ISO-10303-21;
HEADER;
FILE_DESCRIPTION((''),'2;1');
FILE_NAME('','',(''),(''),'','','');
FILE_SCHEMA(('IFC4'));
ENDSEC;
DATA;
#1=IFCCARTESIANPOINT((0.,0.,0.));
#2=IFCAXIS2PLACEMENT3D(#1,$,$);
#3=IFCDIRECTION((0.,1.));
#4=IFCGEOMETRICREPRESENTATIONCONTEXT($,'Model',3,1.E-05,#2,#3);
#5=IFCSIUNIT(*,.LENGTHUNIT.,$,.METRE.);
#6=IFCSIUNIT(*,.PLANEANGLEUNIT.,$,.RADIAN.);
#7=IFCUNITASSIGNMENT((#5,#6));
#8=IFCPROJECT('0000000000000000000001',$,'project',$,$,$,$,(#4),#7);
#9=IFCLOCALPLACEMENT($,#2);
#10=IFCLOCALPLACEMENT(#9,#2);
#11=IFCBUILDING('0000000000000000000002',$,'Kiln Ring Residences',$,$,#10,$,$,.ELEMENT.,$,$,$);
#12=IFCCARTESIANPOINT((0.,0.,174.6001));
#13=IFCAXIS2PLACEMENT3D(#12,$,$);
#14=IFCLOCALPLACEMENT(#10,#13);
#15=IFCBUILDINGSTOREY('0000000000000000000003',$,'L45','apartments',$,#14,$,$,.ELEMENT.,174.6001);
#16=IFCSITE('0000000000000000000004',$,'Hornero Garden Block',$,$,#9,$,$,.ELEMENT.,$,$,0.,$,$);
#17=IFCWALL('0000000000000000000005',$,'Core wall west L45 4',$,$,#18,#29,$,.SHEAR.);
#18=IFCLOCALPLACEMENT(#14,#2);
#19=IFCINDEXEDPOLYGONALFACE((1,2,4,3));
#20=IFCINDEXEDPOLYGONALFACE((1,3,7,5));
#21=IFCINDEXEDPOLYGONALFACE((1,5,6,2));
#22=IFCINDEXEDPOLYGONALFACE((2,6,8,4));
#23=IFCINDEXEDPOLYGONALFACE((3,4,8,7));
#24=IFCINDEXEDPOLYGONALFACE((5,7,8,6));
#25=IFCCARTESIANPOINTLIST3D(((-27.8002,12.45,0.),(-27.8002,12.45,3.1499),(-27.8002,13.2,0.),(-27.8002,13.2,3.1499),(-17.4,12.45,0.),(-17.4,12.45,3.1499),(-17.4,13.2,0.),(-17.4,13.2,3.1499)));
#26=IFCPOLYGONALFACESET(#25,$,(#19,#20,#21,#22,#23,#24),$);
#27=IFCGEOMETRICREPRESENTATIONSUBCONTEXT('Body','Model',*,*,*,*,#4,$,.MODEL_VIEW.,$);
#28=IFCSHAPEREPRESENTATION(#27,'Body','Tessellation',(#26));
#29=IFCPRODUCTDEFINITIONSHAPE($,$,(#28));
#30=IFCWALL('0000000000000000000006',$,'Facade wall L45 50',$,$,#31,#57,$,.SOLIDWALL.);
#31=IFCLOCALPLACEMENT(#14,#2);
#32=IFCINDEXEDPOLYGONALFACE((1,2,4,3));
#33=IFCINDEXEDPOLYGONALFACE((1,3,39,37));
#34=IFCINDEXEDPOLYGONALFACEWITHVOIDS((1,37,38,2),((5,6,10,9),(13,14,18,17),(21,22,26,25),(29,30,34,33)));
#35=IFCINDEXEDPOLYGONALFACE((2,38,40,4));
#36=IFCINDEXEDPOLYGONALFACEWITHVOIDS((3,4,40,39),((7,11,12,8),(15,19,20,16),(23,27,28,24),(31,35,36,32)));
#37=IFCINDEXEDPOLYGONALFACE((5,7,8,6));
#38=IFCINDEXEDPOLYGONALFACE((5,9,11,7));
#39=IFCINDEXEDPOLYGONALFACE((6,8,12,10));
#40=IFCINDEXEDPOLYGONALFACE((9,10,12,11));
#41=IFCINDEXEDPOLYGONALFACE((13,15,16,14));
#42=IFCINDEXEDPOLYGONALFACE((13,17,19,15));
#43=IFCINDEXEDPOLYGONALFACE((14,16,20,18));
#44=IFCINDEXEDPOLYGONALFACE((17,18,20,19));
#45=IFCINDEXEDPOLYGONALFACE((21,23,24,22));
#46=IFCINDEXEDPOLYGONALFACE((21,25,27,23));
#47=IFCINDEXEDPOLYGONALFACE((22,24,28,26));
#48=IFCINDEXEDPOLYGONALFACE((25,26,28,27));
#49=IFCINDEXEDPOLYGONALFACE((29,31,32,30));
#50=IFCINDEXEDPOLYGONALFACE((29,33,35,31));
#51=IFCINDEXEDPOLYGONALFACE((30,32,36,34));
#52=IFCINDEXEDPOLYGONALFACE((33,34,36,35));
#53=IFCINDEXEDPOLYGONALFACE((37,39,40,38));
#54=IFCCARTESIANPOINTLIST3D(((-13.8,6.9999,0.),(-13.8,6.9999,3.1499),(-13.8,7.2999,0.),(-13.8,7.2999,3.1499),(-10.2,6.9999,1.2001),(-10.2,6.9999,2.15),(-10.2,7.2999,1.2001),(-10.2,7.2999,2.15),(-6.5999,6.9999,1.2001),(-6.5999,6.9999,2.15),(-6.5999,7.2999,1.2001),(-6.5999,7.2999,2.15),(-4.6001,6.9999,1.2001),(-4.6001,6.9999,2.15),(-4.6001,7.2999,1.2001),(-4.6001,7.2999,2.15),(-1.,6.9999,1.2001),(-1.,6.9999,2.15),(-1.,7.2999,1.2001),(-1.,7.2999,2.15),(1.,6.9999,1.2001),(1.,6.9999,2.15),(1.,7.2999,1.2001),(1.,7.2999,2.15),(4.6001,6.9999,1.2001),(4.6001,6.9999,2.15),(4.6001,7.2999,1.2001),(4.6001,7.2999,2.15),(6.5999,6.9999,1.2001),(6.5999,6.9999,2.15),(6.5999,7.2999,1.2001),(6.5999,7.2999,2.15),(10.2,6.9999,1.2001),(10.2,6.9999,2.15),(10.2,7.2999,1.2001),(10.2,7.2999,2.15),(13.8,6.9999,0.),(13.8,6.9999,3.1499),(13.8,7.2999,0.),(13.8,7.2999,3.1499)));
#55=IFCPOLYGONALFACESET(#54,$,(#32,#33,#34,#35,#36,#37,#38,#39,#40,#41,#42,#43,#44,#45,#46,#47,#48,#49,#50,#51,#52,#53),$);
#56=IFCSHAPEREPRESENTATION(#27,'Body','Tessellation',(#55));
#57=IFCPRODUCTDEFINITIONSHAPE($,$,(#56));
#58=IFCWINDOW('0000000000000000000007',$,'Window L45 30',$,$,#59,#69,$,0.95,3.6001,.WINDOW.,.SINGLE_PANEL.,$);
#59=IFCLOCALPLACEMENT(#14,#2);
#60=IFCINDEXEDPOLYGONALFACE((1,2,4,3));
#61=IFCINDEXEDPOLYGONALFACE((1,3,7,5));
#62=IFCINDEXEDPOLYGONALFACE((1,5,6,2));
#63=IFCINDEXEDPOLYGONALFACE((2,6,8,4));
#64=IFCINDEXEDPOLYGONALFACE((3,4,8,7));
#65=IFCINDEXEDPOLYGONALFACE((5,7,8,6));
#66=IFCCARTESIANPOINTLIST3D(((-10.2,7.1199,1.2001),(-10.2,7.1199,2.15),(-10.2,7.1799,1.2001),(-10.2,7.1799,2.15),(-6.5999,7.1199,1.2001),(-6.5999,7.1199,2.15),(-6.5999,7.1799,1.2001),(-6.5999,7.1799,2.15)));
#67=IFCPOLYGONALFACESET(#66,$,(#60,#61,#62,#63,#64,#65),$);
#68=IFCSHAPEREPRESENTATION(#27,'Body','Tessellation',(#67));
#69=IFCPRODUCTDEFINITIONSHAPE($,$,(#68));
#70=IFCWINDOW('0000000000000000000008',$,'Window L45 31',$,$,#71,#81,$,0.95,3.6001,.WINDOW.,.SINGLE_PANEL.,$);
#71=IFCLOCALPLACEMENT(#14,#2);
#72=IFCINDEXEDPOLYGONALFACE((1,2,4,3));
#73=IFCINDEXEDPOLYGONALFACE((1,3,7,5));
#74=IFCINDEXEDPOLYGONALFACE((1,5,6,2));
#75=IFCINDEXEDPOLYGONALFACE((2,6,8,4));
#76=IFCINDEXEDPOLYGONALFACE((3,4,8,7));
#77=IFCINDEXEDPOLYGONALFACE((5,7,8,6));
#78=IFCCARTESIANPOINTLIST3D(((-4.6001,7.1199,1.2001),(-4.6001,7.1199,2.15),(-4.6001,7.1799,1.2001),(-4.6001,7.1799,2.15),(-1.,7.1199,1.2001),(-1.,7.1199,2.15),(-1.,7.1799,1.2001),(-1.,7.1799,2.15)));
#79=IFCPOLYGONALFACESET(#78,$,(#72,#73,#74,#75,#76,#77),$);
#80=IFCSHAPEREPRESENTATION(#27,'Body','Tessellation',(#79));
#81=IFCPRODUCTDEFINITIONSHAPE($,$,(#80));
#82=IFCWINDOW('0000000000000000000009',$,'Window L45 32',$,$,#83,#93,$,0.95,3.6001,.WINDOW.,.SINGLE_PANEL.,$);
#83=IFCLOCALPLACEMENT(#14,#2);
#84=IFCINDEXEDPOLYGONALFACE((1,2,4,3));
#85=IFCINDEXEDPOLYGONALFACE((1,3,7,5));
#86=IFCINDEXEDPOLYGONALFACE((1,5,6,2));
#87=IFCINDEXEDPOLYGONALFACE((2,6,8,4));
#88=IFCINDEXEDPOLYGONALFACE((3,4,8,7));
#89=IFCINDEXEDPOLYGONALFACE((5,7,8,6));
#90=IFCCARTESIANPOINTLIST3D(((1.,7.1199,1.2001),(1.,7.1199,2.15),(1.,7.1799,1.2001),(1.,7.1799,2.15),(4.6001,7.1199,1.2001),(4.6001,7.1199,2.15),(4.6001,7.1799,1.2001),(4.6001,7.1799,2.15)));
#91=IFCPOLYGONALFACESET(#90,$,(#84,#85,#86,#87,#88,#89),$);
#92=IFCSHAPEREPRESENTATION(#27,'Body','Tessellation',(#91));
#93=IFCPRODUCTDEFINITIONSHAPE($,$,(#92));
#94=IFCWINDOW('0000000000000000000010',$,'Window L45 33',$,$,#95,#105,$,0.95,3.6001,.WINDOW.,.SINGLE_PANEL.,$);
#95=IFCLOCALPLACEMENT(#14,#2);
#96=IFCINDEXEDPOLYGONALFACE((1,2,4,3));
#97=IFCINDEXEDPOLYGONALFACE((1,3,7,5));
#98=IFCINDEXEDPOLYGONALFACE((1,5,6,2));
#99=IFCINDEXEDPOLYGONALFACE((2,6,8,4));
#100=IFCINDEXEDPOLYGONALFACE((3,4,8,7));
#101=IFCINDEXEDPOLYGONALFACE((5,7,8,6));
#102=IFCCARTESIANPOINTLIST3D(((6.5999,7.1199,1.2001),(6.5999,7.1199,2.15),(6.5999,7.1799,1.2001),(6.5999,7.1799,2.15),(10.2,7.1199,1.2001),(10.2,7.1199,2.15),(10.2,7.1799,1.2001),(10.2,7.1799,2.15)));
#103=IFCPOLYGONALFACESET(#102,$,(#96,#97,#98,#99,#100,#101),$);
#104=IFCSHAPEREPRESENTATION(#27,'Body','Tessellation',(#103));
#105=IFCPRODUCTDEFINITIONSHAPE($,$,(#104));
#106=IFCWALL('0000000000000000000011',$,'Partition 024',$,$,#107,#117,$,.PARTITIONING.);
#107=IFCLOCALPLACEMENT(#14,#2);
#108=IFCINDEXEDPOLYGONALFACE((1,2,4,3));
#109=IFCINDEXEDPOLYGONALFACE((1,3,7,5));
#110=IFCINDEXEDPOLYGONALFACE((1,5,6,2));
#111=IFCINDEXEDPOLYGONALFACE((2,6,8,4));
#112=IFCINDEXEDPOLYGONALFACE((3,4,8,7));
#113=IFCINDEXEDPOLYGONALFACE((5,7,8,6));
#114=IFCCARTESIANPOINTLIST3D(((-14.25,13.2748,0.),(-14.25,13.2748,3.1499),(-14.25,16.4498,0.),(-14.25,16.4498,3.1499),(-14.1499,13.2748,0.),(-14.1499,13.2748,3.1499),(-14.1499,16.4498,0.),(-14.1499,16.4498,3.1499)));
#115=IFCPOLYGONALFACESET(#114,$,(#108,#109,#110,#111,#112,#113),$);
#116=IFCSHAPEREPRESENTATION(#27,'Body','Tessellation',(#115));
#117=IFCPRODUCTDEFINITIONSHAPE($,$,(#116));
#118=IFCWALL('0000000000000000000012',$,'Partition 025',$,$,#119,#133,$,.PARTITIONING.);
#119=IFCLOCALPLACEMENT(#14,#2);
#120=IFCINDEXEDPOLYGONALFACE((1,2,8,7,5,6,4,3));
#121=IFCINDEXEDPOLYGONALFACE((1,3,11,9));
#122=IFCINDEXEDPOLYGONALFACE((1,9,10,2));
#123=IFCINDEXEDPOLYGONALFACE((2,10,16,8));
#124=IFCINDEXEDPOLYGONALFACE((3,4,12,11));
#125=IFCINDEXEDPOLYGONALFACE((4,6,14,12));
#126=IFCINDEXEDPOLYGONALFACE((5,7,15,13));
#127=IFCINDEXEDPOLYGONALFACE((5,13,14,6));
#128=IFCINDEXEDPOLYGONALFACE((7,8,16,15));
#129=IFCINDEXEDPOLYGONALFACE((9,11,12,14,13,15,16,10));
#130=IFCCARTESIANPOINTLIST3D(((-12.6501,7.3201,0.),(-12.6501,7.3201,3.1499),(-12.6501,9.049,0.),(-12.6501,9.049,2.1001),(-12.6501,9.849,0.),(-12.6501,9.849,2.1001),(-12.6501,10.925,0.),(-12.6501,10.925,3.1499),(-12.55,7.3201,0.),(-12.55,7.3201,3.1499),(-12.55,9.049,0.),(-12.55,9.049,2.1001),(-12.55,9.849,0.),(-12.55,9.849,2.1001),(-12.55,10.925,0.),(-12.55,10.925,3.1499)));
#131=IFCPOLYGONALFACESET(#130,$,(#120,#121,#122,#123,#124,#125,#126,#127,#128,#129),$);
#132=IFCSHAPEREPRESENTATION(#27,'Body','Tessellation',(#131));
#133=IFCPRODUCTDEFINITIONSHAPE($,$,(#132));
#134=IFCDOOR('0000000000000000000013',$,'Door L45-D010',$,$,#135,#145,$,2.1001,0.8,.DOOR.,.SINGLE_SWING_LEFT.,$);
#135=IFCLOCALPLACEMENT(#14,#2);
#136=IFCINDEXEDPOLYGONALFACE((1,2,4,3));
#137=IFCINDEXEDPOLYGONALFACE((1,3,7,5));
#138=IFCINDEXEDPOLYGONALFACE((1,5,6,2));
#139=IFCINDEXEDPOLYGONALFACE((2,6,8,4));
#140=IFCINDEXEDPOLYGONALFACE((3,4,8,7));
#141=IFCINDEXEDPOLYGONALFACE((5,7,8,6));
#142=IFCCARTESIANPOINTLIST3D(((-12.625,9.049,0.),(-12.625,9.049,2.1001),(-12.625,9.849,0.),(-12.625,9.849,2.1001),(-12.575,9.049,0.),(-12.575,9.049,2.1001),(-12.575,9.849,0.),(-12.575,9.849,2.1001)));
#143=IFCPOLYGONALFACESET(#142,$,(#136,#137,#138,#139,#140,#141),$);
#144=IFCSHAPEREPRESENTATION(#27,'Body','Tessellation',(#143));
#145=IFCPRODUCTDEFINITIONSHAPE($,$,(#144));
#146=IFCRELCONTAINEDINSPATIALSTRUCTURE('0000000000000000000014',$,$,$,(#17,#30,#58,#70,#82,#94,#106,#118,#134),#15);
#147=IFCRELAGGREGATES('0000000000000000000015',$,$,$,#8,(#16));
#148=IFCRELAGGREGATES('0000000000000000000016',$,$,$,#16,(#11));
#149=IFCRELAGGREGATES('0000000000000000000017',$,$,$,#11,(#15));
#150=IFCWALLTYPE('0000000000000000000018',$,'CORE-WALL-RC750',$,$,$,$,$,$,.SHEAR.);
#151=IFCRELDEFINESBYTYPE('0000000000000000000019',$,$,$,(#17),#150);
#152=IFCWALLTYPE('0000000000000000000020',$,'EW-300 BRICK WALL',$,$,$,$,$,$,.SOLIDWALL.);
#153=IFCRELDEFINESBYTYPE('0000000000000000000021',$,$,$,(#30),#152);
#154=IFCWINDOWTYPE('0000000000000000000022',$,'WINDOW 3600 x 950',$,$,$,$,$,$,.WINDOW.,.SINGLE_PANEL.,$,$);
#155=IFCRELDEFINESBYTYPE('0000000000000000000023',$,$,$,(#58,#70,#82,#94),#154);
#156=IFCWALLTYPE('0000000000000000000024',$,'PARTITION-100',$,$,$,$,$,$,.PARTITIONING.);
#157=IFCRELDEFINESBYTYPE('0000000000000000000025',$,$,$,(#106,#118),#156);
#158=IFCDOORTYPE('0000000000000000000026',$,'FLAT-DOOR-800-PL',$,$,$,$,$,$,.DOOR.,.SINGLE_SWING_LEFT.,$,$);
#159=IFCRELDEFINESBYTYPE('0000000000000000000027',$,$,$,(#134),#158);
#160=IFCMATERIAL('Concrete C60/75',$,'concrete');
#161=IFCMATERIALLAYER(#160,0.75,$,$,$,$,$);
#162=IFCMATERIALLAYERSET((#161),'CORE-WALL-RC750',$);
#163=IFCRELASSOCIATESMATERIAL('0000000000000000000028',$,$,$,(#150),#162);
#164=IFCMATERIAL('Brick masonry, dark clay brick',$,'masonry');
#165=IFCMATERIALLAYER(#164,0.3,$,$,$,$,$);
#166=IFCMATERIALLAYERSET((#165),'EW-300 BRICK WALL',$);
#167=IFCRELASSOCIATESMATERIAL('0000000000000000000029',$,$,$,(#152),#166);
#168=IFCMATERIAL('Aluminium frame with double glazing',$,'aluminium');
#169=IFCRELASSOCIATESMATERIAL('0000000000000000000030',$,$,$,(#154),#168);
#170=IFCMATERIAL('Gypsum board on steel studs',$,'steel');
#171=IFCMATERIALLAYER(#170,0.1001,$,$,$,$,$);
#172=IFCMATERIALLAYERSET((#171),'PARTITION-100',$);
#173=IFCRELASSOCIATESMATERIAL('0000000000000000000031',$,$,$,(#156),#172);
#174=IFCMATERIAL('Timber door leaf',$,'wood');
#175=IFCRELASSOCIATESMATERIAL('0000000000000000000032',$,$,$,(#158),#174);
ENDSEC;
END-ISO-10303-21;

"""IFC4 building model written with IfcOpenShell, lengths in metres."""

from ifc_helpers import new_model, si_unit, direction, frame, frame_2d, origin, place, context, subcontext, project, spatial, rectangle, extrude, material, layer, layer_set, type_object, element, fill, save


model = new_model("IFC4")

# Units and contexts
model_context = context("Model", 3, precision=1e-05, world=origin(), true_north=direction((0.0, 1.0)))
body_context = subcontext(model_context, "Body", "Model", "MODEL_VIEW")
ifc_project = project(units=[si_unit("LENGTHUNIT", "METRE"), si_unit("PLANEANGLEUNIT", "RADIAN")], contexts=[model_context])

# Site, building, storey
site_placement = place(None, origin())
site = spatial("IfcSite", under=ifc_project, at=site_placement, Name="Hornero Garden Block", CompositionType="ELEMENT", RefElevation=0.0)
building_placement = place(site_placement, origin())
building = spatial("IfcBuilding", under=site, at=building_placement, Name="Kiln Ring Residences", CompositionType="ELEMENT")
storey_placement = place(building_placement, frame((0.0, 0.0, 174.6001)))
storey = spatial("IfcBuildingStorey", under=building, at=storey_placement, Name="L45", Description="apartments", CompositionType="ELEMENT", Elevation=174.6001)

# Wall
ifc_material_1 = material(Name="Concrete C60/75", Category="concrete")
ifc_layer_1 = layer(ifc_material_1, 0.75)
ifc_layer_set_1 = layer_set([ifc_layer_1], Name="CORE-WALL-RC750")
wall_type_1 = type_object("IfcWallType", Name="CORE-WALL-RC750", PredefinedType="SHEAR", material=ifc_layer_set_1)
wall_1_placement = place(storey_placement, frame((-17.3999, 12.825, 0.0), z_axis=(0.0, 0.0, 1.0), x_axis=(-1.0, 0.0, 0.0)))
element("IfcWall", 1, at=wall_1_placement, inside=storey, type_object=wall_type_1, Name="Core wall west L45 4", PredefinedType="SHEAR", context=body_context, shape_type="SweptSolid", body=[
    extrude(rectangle(XDim=10.4001, YDim=0.75, at=frame_2d((5.2002, 0.0))), origin(), (0.0, 0.0, 1.0), 3.1499),
])

# Wall, openings, windows
ifc_material_2 = material(Name="Brick masonry, dark clay brick", Category="masonry")
ifc_layer_2 = layer(ifc_material_2, 0.3)
ifc_layer_set_2 = layer_set([ifc_layer_2], Name="EW-300 BRICK WALL")
wall_type_2 = type_object("IfcWallType", Name="EW-300 BRICK WALL", PredefinedType="SOLIDWALL", material=ifc_layer_set_2)
wall_2_placement = place(storey_placement, frame((-13.8, 7.1499, 0.0), z_axis=(0.0, 0.0, 1.0), x_axis=(1.0, 0.0, 0.0)))
wall_2 = element("IfcWall", 2, at=wall_2_placement, inside=storey, type_object=wall_type_2, Name="Facade wall L45 50", PredefinedType="SOLIDWALL", context=body_context, shape_type="SweptSolid", body=[
    extrude(rectangle(XDim=27.6001, YDim=0.3, at=frame_2d((13.8, 0.0))), origin(), (0.0, 0.0, 1.0), 3.1499),
])
opening_1_placement = place(wall_2_placement, frame((3.6001, 0.0, 1.2)))
opening_1 = element("IfcOpeningElement", 3, at=opening_1_placement, cuts=wall_2, PredefinedType="OPENING", context=body_context, shape_type="SweptSolid", body=[
    extrude(rectangle(XDim=3.6001, YDim=0.95, at=frame_2d((1.8, 0.4751))), frame((0.0, 0.1599, 0.0), z_axis=(0.0, -1.0, 0.0), x_axis=(1.0, 0.0, 0.0)), (0.0, 0.0, 1.0), 0.3201),
])
opening_2_placement = place(wall_2_placement, frame((9.2, 0.0, 1.2)))
opening_2 = element("IfcOpeningElement", 4, at=opening_2_placement, cuts=wall_2, PredefinedType="OPENING", context=body_context, shape_type="SweptSolid", body=[
    extrude(rectangle(XDim=3.6001, YDim=0.95, at=frame_2d((1.8, 0.4751))), frame((0.0, 0.1599, 0.0), z_axis=(0.0, -1.0, 0.0), x_axis=(1.0, 0.0, 0.0)), (0.0, 0.0, 1.0), 0.3201),
])
opening_3_placement = place(wall_2_placement, frame((14.8, 0.0, 1.2)))
opening_3 = element("IfcOpeningElement", 5, at=opening_3_placement, cuts=wall_2, PredefinedType="OPENING", context=body_context, shape_type="SweptSolid", body=[
    extrude(rectangle(XDim=3.6001, YDim=0.95, at=frame_2d((1.8, 0.4751))), frame((0.0, 0.1599, 0.0), z_axis=(0.0, -1.0, 0.0), x_axis=(1.0, 0.0, 0.0)), (0.0, 0.0, 1.0), 0.3201),
])
opening_4_placement = place(wall_2_placement, frame((20.3999, 0.0, 1.2)))
opening_4 = element("IfcOpeningElement", 6, at=opening_4_placement, cuts=wall_2, PredefinedType="OPENING", context=body_context, shape_type="SweptSolid", body=[
    extrude(rectangle(XDim=3.6001, YDim=0.95, at=frame_2d((1.8, 0.4751))), frame((0.0, 0.1599, 0.0), z_axis=(0.0, -1.0, 0.0), x_axis=(1.0, 0.0, 0.0)), (0.0, 0.0, 1.0), 0.3201),
])
ifc_material_3 = material(Name="Aluminium frame with double glazing", Category="aluminium")
window_type = type_object("IfcWindowType", Name="WINDOW 3600 x 950", PartitioningType="SINGLE_PANEL", PredefinedType="WINDOW", material=ifc_material_3)
window_1_placement = place(opening_1_placement, origin())
window_1 = element("IfcWindow", 7, at=window_1_placement, inside=storey, type_object=window_type, Name="Window L45 30", OverallHeight=0.95, OverallWidth=3.6001, PartitioningType="SINGLE_PANEL", PredefinedType="WINDOW", context=body_context, shape_type="SweptSolid", body=[
    extrude(rectangle(XDim=3.6001, YDim=0.95, at=frame_2d((1.8, 0.4751))), frame((0.0, 0.03, 0.0), z_axis=(0.0, -1.0, 0.0), x_axis=(1.0, 0.0, 0.0)), (0.0, 0.0, 1.0), 0.0601),
])
fill(opening_1, window_1)
window_2_placement = place(opening_2_placement, origin())
window_2 = element("IfcWindow", 8, at=window_2_placement, inside=storey, type_object=window_type, Name="Window L45 31", OverallHeight=0.95, OverallWidth=3.6001, PartitioningType="SINGLE_PANEL", PredefinedType="WINDOW", context=body_context, shape_type="SweptSolid", body=[
    extrude(rectangle(XDim=3.6001, YDim=0.95, at=frame_2d((1.8, 0.4751))), frame((0.0, 0.03, 0.0), z_axis=(0.0, -1.0, 0.0), x_axis=(1.0, 0.0, 0.0)), (0.0, 0.0, 1.0), 0.0601),
])
fill(opening_2, window_2)
window_3_placement = place(opening_3_placement, origin())
window_3 = element("IfcWindow", 9, at=window_3_placement, inside=storey, type_object=window_type, Name="Window L45 32", OverallHeight=0.95, OverallWidth=3.6001, PartitioningType="SINGLE_PANEL", PredefinedType="WINDOW", context=body_context, shape_type="SweptSolid", body=[
    extrude(rectangle(XDim=3.6001, YDim=0.95, at=frame_2d((1.8, 0.4751))), frame((0.0, 0.03, 0.0), z_axis=(0.0, -1.0, 0.0), x_axis=(1.0, 0.0, 0.0)), (0.0, 0.0, 1.0), 0.0601),
])
fill(opening_3, window_3)
window_4_placement = place(opening_4_placement, origin())
window_4 = element("IfcWindow", 10, at=window_4_placement, inside=storey, type_object=window_type, Name="Window L45 33", OverallHeight=0.95, OverallWidth=3.6001, PartitioningType="SINGLE_PANEL", PredefinedType="WINDOW", context=body_context, shape_type="SweptSolid", body=[
    extrude(rectangle(XDim=3.6001, YDim=0.95, at=frame_2d((1.8, 0.4751))), frame((0.0, 0.03, 0.0), z_axis=(0.0, -1.0, 0.0), x_axis=(1.0, 0.0, 0.0)), (0.0, 0.0, 1.0), 0.0601),
])
fill(opening_4, window_4)

# Wall
ifc_material_4 = material(Name="Gypsum board on steel studs", Category="steel")
ifc_layer_3 = layer(ifc_material_4, 0.1001)
ifc_layer_set_3 = layer_set([ifc_layer_3], Name="PARTITION-100")
wall_type_3 = type_object("IfcWallType", Name="PARTITION-100", PredefinedType="PARTITIONING", material=ifc_layer_set_3)
wall_3_placement = place(storey_placement, frame((-14.2, 13.2749, 0.0), z_axis=(0.0, 0.0, 1.0), x_axis=(0.0, 1.0, 0.0)))
element("IfcWall", 11, at=wall_3_placement, inside=storey, type_object=wall_type_3, Name="Partition 024", PredefinedType="PARTITIONING", context=body_context, shape_type="SweptSolid", body=[
    extrude(rectangle(XDim=3.175, YDim=0.1001, at=frame_2d((1.5874, 0.0))), origin(), (0.0, 0.0, 1.0), 3.1499),
])

# Wall, opening, door
wall_4_placement = place(storey_placement, frame((-12.6001, 7.3201, 0.0), z_axis=(0.0, 0.0, 1.0), x_axis=(0.0, 1.0, 0.0)))
wall_4 = element("IfcWall", 12, at=wall_4_placement, inside=storey, type_object=wall_type_3, Name="Partition 025", PredefinedType="PARTITIONING", context=body_context, shape_type="SweptSolid", body=[
    extrude(rectangle(XDim=3.605, YDim=0.1001, at=frame_2d((1.8025, 0.0))), origin(), (0.0, 0.0, 1.0), 3.1499),
])
opening_5_placement = place(wall_4_placement, frame((1.729, 0.0, 0.0)))
opening_5 = element("IfcOpeningElement", 13, at=opening_5_placement, cuts=wall_4, PredefinedType="OPENING", context=body_context, shape_type="SweptSolid", body=[
    extrude(rectangle(XDim=0.8, YDim=2.1001, at=frame_2d((0.3999, 1.05))), frame((0.0, 0.0601, 0.0), z_axis=(0.0, -1.0, 0.0), x_axis=(1.0, 0.0, 0.0)), (0.0, 0.0, 1.0), 0.1201),
])
ifc_material_5 = material(Name="Timber door leaf", Category="wood")
door_type_1 = type_object("IfcDoorType", Name="FLAT-DOOR-800-PL", OperationType="SINGLE_SWING_LEFT", PredefinedType="DOOR", material=ifc_material_5)
door_1_placement = place(opening_5_placement, origin())
door_1 = element("IfcDoor", 14, at=door_1_placement, inside=storey, type_object=door_type_1, Name="Door L45-D010", OperationType="SINGLE_SWING_LEFT", OverallHeight=2.1001, OverallWidth=0.8, PredefinedType="DOOR", context=body_context, shape_type="SweptSolid", body=[
    extrude(rectangle(XDim=0.8, YDim=2.1001, at=frame_2d((0.3999, 1.05))), frame((0.0, 0.0249, 0.0), z_axis=(0.0, -1.0, 0.0), x_axis=(1.0, 0.0, 0.0)), (0.0, 0.0, 1.0), 0.05),
])
fill(opening_5, door_1)

save(model, "model.ifc")
